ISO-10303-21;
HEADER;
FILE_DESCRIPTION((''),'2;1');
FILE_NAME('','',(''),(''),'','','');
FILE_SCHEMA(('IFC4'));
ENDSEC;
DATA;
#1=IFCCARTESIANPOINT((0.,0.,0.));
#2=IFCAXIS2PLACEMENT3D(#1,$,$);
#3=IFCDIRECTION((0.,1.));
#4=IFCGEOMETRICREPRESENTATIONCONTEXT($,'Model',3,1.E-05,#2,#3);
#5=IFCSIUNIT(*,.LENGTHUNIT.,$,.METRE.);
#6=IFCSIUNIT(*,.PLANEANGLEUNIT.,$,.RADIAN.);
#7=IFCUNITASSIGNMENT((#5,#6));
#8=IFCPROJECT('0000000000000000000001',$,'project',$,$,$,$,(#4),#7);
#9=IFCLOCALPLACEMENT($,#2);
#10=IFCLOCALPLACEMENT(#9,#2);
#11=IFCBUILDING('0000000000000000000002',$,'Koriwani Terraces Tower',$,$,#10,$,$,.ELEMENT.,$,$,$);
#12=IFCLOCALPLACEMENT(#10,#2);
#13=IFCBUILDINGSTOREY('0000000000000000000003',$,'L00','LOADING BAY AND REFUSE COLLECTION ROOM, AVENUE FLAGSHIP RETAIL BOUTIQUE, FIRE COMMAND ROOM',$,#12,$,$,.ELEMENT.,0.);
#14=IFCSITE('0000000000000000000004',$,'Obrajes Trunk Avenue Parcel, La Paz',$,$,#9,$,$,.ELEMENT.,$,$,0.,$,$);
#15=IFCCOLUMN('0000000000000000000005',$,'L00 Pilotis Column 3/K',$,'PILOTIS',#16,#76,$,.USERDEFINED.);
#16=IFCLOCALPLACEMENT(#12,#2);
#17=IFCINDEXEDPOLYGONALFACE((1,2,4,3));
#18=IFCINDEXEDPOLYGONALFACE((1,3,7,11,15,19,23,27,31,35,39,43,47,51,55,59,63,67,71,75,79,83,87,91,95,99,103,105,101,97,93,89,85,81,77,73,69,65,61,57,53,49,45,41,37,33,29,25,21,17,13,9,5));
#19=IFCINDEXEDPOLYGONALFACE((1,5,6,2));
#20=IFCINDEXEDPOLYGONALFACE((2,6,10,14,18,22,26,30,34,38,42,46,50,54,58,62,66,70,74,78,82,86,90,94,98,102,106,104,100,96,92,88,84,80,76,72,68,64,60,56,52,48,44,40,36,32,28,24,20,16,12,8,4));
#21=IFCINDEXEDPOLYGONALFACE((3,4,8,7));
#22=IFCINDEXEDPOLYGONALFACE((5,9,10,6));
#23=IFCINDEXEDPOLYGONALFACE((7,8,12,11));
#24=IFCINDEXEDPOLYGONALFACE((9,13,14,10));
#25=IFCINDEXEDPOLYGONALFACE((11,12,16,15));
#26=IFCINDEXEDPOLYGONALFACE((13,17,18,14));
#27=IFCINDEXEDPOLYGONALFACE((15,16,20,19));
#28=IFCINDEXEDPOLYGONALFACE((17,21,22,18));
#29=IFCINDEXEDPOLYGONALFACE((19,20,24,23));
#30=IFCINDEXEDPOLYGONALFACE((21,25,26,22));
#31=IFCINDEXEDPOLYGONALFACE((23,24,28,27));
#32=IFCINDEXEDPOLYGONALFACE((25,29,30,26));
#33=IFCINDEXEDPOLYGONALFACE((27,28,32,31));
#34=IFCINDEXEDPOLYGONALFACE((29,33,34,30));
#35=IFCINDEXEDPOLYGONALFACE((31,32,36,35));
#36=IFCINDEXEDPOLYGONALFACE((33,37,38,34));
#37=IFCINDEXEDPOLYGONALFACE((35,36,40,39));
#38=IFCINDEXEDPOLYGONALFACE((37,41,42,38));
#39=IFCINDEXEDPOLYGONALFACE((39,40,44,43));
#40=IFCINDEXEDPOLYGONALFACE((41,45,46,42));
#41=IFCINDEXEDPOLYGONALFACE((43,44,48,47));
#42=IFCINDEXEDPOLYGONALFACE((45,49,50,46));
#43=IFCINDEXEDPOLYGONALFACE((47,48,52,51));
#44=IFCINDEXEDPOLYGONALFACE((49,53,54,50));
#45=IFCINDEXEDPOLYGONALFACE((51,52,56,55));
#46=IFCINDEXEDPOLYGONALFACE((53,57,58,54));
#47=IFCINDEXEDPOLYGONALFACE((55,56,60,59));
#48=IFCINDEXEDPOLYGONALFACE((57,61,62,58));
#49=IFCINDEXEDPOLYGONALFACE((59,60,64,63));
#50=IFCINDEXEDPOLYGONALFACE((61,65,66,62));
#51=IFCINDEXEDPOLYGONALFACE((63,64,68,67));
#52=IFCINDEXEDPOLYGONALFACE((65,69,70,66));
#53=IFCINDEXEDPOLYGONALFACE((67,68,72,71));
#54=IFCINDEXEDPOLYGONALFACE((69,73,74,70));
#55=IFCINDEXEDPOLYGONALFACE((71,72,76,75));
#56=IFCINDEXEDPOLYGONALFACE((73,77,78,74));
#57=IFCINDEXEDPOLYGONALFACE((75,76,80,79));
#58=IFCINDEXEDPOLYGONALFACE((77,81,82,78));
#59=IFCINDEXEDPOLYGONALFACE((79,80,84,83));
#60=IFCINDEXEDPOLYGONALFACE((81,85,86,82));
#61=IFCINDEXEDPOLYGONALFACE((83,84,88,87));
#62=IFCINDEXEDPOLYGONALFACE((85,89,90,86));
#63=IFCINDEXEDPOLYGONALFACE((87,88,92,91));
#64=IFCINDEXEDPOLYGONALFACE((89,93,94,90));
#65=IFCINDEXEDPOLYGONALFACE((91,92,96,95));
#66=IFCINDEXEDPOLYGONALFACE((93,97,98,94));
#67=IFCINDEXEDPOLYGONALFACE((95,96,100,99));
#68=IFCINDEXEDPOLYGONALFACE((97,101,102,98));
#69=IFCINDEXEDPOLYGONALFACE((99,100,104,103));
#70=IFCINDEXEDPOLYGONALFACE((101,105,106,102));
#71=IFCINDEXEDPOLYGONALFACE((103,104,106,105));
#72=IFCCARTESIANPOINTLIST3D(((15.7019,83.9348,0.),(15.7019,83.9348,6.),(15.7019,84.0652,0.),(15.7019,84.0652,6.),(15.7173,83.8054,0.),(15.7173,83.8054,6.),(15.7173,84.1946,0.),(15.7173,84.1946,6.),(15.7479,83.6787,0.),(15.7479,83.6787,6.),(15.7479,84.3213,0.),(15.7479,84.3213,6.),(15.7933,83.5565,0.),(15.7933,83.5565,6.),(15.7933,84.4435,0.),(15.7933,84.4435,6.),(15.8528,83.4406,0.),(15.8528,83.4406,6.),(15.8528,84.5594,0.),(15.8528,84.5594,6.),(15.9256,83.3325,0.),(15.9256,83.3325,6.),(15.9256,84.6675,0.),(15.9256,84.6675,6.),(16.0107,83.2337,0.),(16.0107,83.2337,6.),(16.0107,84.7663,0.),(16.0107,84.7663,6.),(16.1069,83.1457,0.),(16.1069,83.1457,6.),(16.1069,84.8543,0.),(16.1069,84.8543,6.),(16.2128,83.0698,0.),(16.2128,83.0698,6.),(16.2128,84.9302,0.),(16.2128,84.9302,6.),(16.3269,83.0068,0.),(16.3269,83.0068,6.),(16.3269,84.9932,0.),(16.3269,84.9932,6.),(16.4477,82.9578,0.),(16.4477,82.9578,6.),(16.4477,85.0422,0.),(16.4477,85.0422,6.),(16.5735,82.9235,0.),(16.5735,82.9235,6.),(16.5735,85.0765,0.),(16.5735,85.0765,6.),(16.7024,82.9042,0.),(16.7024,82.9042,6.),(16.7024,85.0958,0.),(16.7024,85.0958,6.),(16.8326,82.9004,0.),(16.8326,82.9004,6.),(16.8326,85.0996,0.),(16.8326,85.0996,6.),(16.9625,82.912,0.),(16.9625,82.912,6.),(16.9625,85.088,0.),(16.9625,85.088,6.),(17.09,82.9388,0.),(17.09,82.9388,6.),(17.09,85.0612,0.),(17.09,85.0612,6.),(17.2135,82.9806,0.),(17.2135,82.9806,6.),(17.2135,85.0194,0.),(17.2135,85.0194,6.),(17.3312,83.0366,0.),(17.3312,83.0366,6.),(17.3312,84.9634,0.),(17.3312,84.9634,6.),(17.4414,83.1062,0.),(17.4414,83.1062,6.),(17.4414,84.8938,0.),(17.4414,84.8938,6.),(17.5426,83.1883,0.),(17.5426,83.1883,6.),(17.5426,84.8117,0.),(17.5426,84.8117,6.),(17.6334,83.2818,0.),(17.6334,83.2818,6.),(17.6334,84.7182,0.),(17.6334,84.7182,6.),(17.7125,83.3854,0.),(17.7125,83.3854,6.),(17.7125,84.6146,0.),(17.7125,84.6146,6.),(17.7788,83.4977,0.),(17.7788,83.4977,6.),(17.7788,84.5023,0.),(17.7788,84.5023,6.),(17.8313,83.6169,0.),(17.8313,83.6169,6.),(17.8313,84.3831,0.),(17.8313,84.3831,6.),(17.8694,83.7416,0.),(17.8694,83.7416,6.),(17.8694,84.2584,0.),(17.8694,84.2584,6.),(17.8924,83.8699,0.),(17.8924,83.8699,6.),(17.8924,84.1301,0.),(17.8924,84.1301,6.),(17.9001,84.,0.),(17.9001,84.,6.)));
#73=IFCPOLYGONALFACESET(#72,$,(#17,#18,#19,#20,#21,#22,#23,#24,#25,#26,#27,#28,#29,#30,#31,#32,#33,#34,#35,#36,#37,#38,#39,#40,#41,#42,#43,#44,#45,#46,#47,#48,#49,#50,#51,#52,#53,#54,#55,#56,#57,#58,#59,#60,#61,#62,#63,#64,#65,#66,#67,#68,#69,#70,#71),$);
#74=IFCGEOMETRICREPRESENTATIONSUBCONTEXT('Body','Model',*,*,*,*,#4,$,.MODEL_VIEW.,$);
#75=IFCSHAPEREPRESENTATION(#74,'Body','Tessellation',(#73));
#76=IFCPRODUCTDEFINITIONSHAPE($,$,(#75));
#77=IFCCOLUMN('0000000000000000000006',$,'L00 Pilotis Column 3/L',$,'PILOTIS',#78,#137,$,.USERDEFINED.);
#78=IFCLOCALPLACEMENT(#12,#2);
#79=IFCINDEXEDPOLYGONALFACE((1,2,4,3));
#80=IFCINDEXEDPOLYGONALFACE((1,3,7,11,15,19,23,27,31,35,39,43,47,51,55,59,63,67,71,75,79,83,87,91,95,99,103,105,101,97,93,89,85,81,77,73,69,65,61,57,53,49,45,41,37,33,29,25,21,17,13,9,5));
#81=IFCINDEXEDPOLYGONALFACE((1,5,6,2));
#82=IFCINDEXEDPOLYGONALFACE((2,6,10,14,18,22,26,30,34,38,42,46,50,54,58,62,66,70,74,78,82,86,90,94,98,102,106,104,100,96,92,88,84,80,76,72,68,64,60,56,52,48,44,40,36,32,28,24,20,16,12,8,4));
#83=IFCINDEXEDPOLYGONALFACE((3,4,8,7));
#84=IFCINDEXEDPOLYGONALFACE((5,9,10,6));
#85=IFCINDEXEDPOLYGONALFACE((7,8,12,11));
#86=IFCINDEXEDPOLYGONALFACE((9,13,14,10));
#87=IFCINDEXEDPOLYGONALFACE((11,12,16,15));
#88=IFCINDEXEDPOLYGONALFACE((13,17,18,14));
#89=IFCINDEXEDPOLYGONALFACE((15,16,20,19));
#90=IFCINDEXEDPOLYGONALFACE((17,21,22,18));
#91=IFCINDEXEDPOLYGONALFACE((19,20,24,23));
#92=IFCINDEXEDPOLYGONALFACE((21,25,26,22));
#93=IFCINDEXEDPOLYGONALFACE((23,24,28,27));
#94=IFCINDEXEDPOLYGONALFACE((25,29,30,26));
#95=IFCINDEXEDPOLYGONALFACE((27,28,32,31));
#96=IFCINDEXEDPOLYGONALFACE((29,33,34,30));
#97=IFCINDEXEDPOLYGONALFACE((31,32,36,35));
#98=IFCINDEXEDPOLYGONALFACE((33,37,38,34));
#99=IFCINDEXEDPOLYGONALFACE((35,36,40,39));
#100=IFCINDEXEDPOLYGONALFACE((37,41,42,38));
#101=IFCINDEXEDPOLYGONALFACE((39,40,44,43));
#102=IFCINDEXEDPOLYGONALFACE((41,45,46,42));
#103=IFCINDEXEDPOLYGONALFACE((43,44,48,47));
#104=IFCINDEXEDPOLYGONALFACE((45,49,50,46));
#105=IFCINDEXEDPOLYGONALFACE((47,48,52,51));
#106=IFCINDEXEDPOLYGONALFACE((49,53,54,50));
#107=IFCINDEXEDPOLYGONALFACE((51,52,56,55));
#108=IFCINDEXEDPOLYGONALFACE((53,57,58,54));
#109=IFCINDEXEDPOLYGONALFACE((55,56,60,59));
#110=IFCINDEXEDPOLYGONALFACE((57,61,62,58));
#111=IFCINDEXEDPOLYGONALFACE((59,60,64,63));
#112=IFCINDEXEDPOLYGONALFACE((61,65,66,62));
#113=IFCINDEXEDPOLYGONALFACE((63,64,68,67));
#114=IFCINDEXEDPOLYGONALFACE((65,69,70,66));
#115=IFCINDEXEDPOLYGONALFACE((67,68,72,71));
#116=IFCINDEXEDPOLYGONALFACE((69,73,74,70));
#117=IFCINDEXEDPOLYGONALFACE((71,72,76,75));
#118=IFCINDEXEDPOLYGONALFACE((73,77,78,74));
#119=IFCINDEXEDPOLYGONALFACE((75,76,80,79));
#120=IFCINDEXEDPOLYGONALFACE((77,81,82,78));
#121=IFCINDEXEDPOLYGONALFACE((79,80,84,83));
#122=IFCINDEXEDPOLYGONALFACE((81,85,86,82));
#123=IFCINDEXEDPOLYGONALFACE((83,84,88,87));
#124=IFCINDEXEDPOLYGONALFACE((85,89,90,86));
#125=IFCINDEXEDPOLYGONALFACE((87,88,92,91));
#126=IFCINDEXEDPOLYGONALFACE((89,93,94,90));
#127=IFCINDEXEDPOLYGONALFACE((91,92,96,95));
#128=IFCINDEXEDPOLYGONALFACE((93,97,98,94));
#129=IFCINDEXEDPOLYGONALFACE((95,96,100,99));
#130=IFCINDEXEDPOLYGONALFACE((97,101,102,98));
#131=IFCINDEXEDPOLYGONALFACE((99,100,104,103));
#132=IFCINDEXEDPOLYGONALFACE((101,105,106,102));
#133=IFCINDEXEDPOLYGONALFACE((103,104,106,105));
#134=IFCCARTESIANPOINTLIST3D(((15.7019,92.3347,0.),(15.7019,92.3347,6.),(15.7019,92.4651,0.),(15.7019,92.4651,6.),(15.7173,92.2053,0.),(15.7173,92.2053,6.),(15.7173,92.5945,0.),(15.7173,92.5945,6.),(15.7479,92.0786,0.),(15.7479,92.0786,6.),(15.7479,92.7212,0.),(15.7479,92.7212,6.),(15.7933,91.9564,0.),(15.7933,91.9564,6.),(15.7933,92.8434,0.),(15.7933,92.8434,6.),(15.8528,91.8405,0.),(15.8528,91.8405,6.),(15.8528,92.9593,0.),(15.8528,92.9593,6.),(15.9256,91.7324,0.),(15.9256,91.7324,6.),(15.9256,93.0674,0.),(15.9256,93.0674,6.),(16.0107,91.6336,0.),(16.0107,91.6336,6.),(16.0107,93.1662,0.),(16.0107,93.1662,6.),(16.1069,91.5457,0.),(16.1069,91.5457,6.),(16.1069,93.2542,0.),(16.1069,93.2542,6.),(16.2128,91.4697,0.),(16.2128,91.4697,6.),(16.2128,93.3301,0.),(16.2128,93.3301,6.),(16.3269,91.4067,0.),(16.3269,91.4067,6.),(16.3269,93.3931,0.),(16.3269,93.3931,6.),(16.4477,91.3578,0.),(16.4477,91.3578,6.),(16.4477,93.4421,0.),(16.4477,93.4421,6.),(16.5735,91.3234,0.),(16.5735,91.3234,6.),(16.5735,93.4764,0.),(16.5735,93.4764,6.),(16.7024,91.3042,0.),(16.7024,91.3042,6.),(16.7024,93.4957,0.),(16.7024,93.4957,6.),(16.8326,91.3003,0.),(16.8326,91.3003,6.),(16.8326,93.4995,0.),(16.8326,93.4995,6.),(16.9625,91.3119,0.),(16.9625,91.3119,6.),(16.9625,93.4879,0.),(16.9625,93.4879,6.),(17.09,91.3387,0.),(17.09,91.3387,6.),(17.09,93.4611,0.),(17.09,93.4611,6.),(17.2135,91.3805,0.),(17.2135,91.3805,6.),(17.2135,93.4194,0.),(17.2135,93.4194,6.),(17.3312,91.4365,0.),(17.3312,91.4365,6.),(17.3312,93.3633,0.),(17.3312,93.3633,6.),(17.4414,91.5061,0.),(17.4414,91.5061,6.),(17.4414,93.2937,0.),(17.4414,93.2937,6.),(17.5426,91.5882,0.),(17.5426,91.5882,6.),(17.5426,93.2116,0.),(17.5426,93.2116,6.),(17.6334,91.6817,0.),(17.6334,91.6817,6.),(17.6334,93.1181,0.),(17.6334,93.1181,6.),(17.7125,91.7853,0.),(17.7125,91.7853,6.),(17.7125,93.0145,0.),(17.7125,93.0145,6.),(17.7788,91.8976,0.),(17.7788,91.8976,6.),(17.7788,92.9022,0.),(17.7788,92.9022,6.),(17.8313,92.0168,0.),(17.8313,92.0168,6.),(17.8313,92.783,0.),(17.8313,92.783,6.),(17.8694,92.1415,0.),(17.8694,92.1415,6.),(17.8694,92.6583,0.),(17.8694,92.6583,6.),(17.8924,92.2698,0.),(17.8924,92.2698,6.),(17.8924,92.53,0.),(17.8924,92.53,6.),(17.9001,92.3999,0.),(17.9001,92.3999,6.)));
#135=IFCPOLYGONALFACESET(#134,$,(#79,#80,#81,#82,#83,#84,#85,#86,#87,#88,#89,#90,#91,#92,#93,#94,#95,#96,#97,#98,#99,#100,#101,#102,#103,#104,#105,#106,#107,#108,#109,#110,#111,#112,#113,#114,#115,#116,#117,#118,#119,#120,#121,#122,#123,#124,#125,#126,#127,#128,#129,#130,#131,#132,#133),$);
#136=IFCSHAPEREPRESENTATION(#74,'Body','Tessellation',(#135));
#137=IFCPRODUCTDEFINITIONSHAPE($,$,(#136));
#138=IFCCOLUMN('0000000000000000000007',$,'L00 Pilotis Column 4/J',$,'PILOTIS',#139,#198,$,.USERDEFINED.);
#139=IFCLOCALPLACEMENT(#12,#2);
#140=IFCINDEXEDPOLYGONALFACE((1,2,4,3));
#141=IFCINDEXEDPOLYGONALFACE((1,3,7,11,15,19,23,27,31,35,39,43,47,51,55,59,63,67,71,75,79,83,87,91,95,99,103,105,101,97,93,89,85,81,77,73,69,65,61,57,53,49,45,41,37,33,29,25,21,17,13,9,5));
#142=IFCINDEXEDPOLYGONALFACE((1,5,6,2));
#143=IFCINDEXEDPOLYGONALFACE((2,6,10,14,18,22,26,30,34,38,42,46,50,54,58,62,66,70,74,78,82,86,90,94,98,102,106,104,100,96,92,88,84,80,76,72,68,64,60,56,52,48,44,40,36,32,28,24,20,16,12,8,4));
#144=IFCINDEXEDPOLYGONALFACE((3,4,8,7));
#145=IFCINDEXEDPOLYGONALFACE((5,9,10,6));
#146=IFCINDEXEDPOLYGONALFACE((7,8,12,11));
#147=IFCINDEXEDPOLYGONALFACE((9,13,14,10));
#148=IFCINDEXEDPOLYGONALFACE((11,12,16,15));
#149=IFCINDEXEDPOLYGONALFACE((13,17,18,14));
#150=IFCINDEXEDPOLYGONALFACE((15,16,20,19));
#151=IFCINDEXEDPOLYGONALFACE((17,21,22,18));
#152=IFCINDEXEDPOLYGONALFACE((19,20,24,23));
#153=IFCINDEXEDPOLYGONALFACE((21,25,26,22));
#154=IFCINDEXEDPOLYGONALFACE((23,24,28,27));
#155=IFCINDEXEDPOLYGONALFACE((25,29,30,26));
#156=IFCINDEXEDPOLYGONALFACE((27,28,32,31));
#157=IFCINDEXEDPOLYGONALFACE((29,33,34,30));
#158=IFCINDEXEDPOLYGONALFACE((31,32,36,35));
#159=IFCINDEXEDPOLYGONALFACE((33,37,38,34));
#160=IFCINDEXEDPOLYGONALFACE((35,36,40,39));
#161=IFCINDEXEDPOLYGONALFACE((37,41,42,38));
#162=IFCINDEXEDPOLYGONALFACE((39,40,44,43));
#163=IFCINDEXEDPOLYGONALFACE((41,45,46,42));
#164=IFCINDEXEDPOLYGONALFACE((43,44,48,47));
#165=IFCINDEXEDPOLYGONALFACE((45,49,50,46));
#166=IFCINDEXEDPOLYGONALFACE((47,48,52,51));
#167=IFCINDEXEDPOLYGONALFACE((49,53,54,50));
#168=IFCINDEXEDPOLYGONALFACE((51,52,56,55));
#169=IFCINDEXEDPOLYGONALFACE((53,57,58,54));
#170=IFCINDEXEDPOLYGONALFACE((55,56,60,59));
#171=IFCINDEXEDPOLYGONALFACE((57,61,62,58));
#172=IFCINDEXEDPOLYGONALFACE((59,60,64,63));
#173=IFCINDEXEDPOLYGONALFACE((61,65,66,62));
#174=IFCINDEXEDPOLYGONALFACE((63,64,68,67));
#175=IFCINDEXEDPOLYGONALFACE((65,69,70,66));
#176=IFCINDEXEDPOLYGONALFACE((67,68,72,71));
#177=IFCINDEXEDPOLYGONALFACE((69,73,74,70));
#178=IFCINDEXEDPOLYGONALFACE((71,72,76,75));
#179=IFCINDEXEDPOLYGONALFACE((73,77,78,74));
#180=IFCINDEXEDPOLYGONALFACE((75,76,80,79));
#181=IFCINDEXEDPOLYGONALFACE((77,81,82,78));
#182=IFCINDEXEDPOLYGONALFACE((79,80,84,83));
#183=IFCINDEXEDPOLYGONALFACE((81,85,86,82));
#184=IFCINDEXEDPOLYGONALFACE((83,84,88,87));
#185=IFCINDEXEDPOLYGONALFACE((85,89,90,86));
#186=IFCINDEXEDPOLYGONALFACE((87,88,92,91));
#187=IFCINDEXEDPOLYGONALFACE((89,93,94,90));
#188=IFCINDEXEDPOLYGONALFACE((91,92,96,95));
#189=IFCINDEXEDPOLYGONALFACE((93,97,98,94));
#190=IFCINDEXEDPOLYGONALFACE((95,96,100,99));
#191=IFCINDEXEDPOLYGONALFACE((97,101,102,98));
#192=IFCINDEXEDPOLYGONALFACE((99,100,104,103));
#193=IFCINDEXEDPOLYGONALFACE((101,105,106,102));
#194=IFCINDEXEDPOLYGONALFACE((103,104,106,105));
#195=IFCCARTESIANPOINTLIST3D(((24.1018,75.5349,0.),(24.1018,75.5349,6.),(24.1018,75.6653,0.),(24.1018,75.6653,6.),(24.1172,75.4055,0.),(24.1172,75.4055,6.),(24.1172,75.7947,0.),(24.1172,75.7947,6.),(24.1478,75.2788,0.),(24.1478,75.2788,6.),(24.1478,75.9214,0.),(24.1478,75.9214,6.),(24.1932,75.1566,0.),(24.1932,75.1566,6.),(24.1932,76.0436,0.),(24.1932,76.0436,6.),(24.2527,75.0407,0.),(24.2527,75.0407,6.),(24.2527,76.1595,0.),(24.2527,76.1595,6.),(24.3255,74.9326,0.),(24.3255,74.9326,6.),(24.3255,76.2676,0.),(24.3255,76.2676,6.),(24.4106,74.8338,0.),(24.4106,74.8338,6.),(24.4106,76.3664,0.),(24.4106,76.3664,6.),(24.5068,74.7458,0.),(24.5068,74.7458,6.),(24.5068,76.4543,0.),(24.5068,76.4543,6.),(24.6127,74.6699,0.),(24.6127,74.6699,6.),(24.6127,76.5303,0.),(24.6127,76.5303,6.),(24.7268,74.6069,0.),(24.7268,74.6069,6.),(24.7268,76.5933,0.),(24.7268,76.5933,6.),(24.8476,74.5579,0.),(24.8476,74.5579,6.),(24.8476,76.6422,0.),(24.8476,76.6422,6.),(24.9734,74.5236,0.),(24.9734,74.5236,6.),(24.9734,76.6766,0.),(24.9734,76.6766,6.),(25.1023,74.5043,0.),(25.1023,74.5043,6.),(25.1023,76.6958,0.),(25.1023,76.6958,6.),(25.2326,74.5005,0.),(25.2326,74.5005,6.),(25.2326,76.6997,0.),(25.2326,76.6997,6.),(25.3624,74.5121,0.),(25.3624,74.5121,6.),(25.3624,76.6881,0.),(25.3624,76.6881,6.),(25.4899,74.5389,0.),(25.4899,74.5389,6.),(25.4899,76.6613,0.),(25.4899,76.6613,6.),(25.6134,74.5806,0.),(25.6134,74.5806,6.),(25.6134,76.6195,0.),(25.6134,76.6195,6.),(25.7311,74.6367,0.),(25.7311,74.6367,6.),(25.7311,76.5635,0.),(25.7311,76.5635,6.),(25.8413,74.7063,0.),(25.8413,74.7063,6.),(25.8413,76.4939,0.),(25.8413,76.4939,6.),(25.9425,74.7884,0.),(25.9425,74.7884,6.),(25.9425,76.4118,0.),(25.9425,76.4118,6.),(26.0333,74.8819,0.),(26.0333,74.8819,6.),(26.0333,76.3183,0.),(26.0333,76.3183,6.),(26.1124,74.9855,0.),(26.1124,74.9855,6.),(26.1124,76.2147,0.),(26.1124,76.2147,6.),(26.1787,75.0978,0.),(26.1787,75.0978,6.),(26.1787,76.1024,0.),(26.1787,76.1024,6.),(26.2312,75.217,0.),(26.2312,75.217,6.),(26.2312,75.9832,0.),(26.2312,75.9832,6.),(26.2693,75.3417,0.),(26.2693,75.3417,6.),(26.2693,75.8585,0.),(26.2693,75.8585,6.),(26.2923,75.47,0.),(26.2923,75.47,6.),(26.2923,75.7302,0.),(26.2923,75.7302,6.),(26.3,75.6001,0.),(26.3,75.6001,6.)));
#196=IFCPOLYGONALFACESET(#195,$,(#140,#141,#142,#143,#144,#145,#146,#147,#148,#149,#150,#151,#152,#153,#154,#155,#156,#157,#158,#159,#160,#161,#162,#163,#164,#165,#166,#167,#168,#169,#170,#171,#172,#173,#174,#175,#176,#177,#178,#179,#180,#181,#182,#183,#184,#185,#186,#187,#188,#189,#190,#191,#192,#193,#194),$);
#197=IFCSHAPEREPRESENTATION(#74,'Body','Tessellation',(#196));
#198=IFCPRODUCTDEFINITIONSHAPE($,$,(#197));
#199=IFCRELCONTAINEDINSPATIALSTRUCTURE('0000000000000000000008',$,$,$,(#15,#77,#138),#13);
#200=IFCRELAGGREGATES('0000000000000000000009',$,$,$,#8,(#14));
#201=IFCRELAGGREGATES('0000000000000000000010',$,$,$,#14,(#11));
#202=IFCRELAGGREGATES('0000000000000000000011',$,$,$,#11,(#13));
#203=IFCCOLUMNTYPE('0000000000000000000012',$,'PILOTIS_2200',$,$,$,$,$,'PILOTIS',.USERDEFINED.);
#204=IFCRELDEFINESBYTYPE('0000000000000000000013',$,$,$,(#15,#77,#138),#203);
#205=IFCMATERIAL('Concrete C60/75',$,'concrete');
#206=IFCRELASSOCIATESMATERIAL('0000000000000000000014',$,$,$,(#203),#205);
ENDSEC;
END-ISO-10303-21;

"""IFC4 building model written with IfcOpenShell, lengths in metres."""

from ifc_helpers import new_model, si_unit, direction, frame, origin, origin_2d, place, context, subcontext, project, spatial, circle, extrude, material, material_profile, profile_set, type_object, element, save


model = new_model("IFC4")

# Units and contexts
model_context = context("Model", 3, precision=1e-05, world=origin(), true_north=direction((0.0, 1.0)))
body_context = subcontext(model_context, "Body", "Model", "MODEL_VIEW")
ifc_project = project(units=[si_unit("LENGTHUNIT", "METRE"), si_unit("PLANEANGLEUNIT", "RADIAN")], contexts=[model_context])

# Site, building, storey
site_placement = place(None, origin())
site = spatial("IfcSite", under=ifc_project, at=site_placement, Name="Obrajes Trunk Avenue Parcel, La Paz", CompositionType="ELEMENT", RefElevation=0.0)
building_placement = place(site_placement, origin())
building = spatial("IfcBuilding", under=site, at=building_placement, Name="Koriwani Terraces Tower", CompositionType="ELEMENT")
storey_placement = place(building_placement, origin())
storey = spatial("IfcBuildingStorey", under=building, at=storey_placement, Name="L00", Description="LOADING BAY AND REFUSE COLLECTION ROOM, AVENUE FLAGSHIP RETAIL BOUTIQUE, FIRE COMMAND ROOM", CompositionType="ELEMENT", Elevation=0.0)

# Columns
ifc_material_1 = material(Name="Concrete C60/75", Category="concrete")
ifc_material_profile_1 = material_profile(ifc_material_1, circle(Radius=1.1001, at=origin_2d()), Name="Concrete C60/75", Category="LoadBearing")
ifc_profile_set_1 = profile_set([ifc_material_profile_1], Name="Concrete C60/75")
column_type = type_object("IfcColumnType", Name="PILOTIS_2200", ElementType="PILOTIS", PredefinedType="USERDEFINED", material=ifc_profile_set_1)
for number, where, z_axis, x_axis, name in (
    (1, (16.8, 84.0, 0.0), (0.0, 0.0, 1.0), (1.0, 0.0, 0.0), "L00 Pilotis Column 3/K"),
    (2, (16.8, 92.3999, 0.0), (0.0, 0.0, 1.0), (1.0, 0.0, 0.0), "L00 Pilotis Column 3/L"),
    (3, (25.2, 75.6001, 0.0), (0.0, 0.0, 1.0), (1.0, 0.0, 0.0), "L00 Pilotis Column 4/J"),
):
    element("IfcColumn", number, at=place(storey_placement, frame(where, z_axis=z_axis, x_axis=x_axis)), inside=storey, type_object=column_type, Name=name, ObjectType="PILOTIS", PredefinedType="USERDEFINED", context=body_context, shape_type="SweptSolid", body=[
        extrude(circle(Radius=1.1001, at=origin_2d()), origin(), (0.0, 0.0, 1.0), 6.0),
    ])

save(model, "model.ifc")
